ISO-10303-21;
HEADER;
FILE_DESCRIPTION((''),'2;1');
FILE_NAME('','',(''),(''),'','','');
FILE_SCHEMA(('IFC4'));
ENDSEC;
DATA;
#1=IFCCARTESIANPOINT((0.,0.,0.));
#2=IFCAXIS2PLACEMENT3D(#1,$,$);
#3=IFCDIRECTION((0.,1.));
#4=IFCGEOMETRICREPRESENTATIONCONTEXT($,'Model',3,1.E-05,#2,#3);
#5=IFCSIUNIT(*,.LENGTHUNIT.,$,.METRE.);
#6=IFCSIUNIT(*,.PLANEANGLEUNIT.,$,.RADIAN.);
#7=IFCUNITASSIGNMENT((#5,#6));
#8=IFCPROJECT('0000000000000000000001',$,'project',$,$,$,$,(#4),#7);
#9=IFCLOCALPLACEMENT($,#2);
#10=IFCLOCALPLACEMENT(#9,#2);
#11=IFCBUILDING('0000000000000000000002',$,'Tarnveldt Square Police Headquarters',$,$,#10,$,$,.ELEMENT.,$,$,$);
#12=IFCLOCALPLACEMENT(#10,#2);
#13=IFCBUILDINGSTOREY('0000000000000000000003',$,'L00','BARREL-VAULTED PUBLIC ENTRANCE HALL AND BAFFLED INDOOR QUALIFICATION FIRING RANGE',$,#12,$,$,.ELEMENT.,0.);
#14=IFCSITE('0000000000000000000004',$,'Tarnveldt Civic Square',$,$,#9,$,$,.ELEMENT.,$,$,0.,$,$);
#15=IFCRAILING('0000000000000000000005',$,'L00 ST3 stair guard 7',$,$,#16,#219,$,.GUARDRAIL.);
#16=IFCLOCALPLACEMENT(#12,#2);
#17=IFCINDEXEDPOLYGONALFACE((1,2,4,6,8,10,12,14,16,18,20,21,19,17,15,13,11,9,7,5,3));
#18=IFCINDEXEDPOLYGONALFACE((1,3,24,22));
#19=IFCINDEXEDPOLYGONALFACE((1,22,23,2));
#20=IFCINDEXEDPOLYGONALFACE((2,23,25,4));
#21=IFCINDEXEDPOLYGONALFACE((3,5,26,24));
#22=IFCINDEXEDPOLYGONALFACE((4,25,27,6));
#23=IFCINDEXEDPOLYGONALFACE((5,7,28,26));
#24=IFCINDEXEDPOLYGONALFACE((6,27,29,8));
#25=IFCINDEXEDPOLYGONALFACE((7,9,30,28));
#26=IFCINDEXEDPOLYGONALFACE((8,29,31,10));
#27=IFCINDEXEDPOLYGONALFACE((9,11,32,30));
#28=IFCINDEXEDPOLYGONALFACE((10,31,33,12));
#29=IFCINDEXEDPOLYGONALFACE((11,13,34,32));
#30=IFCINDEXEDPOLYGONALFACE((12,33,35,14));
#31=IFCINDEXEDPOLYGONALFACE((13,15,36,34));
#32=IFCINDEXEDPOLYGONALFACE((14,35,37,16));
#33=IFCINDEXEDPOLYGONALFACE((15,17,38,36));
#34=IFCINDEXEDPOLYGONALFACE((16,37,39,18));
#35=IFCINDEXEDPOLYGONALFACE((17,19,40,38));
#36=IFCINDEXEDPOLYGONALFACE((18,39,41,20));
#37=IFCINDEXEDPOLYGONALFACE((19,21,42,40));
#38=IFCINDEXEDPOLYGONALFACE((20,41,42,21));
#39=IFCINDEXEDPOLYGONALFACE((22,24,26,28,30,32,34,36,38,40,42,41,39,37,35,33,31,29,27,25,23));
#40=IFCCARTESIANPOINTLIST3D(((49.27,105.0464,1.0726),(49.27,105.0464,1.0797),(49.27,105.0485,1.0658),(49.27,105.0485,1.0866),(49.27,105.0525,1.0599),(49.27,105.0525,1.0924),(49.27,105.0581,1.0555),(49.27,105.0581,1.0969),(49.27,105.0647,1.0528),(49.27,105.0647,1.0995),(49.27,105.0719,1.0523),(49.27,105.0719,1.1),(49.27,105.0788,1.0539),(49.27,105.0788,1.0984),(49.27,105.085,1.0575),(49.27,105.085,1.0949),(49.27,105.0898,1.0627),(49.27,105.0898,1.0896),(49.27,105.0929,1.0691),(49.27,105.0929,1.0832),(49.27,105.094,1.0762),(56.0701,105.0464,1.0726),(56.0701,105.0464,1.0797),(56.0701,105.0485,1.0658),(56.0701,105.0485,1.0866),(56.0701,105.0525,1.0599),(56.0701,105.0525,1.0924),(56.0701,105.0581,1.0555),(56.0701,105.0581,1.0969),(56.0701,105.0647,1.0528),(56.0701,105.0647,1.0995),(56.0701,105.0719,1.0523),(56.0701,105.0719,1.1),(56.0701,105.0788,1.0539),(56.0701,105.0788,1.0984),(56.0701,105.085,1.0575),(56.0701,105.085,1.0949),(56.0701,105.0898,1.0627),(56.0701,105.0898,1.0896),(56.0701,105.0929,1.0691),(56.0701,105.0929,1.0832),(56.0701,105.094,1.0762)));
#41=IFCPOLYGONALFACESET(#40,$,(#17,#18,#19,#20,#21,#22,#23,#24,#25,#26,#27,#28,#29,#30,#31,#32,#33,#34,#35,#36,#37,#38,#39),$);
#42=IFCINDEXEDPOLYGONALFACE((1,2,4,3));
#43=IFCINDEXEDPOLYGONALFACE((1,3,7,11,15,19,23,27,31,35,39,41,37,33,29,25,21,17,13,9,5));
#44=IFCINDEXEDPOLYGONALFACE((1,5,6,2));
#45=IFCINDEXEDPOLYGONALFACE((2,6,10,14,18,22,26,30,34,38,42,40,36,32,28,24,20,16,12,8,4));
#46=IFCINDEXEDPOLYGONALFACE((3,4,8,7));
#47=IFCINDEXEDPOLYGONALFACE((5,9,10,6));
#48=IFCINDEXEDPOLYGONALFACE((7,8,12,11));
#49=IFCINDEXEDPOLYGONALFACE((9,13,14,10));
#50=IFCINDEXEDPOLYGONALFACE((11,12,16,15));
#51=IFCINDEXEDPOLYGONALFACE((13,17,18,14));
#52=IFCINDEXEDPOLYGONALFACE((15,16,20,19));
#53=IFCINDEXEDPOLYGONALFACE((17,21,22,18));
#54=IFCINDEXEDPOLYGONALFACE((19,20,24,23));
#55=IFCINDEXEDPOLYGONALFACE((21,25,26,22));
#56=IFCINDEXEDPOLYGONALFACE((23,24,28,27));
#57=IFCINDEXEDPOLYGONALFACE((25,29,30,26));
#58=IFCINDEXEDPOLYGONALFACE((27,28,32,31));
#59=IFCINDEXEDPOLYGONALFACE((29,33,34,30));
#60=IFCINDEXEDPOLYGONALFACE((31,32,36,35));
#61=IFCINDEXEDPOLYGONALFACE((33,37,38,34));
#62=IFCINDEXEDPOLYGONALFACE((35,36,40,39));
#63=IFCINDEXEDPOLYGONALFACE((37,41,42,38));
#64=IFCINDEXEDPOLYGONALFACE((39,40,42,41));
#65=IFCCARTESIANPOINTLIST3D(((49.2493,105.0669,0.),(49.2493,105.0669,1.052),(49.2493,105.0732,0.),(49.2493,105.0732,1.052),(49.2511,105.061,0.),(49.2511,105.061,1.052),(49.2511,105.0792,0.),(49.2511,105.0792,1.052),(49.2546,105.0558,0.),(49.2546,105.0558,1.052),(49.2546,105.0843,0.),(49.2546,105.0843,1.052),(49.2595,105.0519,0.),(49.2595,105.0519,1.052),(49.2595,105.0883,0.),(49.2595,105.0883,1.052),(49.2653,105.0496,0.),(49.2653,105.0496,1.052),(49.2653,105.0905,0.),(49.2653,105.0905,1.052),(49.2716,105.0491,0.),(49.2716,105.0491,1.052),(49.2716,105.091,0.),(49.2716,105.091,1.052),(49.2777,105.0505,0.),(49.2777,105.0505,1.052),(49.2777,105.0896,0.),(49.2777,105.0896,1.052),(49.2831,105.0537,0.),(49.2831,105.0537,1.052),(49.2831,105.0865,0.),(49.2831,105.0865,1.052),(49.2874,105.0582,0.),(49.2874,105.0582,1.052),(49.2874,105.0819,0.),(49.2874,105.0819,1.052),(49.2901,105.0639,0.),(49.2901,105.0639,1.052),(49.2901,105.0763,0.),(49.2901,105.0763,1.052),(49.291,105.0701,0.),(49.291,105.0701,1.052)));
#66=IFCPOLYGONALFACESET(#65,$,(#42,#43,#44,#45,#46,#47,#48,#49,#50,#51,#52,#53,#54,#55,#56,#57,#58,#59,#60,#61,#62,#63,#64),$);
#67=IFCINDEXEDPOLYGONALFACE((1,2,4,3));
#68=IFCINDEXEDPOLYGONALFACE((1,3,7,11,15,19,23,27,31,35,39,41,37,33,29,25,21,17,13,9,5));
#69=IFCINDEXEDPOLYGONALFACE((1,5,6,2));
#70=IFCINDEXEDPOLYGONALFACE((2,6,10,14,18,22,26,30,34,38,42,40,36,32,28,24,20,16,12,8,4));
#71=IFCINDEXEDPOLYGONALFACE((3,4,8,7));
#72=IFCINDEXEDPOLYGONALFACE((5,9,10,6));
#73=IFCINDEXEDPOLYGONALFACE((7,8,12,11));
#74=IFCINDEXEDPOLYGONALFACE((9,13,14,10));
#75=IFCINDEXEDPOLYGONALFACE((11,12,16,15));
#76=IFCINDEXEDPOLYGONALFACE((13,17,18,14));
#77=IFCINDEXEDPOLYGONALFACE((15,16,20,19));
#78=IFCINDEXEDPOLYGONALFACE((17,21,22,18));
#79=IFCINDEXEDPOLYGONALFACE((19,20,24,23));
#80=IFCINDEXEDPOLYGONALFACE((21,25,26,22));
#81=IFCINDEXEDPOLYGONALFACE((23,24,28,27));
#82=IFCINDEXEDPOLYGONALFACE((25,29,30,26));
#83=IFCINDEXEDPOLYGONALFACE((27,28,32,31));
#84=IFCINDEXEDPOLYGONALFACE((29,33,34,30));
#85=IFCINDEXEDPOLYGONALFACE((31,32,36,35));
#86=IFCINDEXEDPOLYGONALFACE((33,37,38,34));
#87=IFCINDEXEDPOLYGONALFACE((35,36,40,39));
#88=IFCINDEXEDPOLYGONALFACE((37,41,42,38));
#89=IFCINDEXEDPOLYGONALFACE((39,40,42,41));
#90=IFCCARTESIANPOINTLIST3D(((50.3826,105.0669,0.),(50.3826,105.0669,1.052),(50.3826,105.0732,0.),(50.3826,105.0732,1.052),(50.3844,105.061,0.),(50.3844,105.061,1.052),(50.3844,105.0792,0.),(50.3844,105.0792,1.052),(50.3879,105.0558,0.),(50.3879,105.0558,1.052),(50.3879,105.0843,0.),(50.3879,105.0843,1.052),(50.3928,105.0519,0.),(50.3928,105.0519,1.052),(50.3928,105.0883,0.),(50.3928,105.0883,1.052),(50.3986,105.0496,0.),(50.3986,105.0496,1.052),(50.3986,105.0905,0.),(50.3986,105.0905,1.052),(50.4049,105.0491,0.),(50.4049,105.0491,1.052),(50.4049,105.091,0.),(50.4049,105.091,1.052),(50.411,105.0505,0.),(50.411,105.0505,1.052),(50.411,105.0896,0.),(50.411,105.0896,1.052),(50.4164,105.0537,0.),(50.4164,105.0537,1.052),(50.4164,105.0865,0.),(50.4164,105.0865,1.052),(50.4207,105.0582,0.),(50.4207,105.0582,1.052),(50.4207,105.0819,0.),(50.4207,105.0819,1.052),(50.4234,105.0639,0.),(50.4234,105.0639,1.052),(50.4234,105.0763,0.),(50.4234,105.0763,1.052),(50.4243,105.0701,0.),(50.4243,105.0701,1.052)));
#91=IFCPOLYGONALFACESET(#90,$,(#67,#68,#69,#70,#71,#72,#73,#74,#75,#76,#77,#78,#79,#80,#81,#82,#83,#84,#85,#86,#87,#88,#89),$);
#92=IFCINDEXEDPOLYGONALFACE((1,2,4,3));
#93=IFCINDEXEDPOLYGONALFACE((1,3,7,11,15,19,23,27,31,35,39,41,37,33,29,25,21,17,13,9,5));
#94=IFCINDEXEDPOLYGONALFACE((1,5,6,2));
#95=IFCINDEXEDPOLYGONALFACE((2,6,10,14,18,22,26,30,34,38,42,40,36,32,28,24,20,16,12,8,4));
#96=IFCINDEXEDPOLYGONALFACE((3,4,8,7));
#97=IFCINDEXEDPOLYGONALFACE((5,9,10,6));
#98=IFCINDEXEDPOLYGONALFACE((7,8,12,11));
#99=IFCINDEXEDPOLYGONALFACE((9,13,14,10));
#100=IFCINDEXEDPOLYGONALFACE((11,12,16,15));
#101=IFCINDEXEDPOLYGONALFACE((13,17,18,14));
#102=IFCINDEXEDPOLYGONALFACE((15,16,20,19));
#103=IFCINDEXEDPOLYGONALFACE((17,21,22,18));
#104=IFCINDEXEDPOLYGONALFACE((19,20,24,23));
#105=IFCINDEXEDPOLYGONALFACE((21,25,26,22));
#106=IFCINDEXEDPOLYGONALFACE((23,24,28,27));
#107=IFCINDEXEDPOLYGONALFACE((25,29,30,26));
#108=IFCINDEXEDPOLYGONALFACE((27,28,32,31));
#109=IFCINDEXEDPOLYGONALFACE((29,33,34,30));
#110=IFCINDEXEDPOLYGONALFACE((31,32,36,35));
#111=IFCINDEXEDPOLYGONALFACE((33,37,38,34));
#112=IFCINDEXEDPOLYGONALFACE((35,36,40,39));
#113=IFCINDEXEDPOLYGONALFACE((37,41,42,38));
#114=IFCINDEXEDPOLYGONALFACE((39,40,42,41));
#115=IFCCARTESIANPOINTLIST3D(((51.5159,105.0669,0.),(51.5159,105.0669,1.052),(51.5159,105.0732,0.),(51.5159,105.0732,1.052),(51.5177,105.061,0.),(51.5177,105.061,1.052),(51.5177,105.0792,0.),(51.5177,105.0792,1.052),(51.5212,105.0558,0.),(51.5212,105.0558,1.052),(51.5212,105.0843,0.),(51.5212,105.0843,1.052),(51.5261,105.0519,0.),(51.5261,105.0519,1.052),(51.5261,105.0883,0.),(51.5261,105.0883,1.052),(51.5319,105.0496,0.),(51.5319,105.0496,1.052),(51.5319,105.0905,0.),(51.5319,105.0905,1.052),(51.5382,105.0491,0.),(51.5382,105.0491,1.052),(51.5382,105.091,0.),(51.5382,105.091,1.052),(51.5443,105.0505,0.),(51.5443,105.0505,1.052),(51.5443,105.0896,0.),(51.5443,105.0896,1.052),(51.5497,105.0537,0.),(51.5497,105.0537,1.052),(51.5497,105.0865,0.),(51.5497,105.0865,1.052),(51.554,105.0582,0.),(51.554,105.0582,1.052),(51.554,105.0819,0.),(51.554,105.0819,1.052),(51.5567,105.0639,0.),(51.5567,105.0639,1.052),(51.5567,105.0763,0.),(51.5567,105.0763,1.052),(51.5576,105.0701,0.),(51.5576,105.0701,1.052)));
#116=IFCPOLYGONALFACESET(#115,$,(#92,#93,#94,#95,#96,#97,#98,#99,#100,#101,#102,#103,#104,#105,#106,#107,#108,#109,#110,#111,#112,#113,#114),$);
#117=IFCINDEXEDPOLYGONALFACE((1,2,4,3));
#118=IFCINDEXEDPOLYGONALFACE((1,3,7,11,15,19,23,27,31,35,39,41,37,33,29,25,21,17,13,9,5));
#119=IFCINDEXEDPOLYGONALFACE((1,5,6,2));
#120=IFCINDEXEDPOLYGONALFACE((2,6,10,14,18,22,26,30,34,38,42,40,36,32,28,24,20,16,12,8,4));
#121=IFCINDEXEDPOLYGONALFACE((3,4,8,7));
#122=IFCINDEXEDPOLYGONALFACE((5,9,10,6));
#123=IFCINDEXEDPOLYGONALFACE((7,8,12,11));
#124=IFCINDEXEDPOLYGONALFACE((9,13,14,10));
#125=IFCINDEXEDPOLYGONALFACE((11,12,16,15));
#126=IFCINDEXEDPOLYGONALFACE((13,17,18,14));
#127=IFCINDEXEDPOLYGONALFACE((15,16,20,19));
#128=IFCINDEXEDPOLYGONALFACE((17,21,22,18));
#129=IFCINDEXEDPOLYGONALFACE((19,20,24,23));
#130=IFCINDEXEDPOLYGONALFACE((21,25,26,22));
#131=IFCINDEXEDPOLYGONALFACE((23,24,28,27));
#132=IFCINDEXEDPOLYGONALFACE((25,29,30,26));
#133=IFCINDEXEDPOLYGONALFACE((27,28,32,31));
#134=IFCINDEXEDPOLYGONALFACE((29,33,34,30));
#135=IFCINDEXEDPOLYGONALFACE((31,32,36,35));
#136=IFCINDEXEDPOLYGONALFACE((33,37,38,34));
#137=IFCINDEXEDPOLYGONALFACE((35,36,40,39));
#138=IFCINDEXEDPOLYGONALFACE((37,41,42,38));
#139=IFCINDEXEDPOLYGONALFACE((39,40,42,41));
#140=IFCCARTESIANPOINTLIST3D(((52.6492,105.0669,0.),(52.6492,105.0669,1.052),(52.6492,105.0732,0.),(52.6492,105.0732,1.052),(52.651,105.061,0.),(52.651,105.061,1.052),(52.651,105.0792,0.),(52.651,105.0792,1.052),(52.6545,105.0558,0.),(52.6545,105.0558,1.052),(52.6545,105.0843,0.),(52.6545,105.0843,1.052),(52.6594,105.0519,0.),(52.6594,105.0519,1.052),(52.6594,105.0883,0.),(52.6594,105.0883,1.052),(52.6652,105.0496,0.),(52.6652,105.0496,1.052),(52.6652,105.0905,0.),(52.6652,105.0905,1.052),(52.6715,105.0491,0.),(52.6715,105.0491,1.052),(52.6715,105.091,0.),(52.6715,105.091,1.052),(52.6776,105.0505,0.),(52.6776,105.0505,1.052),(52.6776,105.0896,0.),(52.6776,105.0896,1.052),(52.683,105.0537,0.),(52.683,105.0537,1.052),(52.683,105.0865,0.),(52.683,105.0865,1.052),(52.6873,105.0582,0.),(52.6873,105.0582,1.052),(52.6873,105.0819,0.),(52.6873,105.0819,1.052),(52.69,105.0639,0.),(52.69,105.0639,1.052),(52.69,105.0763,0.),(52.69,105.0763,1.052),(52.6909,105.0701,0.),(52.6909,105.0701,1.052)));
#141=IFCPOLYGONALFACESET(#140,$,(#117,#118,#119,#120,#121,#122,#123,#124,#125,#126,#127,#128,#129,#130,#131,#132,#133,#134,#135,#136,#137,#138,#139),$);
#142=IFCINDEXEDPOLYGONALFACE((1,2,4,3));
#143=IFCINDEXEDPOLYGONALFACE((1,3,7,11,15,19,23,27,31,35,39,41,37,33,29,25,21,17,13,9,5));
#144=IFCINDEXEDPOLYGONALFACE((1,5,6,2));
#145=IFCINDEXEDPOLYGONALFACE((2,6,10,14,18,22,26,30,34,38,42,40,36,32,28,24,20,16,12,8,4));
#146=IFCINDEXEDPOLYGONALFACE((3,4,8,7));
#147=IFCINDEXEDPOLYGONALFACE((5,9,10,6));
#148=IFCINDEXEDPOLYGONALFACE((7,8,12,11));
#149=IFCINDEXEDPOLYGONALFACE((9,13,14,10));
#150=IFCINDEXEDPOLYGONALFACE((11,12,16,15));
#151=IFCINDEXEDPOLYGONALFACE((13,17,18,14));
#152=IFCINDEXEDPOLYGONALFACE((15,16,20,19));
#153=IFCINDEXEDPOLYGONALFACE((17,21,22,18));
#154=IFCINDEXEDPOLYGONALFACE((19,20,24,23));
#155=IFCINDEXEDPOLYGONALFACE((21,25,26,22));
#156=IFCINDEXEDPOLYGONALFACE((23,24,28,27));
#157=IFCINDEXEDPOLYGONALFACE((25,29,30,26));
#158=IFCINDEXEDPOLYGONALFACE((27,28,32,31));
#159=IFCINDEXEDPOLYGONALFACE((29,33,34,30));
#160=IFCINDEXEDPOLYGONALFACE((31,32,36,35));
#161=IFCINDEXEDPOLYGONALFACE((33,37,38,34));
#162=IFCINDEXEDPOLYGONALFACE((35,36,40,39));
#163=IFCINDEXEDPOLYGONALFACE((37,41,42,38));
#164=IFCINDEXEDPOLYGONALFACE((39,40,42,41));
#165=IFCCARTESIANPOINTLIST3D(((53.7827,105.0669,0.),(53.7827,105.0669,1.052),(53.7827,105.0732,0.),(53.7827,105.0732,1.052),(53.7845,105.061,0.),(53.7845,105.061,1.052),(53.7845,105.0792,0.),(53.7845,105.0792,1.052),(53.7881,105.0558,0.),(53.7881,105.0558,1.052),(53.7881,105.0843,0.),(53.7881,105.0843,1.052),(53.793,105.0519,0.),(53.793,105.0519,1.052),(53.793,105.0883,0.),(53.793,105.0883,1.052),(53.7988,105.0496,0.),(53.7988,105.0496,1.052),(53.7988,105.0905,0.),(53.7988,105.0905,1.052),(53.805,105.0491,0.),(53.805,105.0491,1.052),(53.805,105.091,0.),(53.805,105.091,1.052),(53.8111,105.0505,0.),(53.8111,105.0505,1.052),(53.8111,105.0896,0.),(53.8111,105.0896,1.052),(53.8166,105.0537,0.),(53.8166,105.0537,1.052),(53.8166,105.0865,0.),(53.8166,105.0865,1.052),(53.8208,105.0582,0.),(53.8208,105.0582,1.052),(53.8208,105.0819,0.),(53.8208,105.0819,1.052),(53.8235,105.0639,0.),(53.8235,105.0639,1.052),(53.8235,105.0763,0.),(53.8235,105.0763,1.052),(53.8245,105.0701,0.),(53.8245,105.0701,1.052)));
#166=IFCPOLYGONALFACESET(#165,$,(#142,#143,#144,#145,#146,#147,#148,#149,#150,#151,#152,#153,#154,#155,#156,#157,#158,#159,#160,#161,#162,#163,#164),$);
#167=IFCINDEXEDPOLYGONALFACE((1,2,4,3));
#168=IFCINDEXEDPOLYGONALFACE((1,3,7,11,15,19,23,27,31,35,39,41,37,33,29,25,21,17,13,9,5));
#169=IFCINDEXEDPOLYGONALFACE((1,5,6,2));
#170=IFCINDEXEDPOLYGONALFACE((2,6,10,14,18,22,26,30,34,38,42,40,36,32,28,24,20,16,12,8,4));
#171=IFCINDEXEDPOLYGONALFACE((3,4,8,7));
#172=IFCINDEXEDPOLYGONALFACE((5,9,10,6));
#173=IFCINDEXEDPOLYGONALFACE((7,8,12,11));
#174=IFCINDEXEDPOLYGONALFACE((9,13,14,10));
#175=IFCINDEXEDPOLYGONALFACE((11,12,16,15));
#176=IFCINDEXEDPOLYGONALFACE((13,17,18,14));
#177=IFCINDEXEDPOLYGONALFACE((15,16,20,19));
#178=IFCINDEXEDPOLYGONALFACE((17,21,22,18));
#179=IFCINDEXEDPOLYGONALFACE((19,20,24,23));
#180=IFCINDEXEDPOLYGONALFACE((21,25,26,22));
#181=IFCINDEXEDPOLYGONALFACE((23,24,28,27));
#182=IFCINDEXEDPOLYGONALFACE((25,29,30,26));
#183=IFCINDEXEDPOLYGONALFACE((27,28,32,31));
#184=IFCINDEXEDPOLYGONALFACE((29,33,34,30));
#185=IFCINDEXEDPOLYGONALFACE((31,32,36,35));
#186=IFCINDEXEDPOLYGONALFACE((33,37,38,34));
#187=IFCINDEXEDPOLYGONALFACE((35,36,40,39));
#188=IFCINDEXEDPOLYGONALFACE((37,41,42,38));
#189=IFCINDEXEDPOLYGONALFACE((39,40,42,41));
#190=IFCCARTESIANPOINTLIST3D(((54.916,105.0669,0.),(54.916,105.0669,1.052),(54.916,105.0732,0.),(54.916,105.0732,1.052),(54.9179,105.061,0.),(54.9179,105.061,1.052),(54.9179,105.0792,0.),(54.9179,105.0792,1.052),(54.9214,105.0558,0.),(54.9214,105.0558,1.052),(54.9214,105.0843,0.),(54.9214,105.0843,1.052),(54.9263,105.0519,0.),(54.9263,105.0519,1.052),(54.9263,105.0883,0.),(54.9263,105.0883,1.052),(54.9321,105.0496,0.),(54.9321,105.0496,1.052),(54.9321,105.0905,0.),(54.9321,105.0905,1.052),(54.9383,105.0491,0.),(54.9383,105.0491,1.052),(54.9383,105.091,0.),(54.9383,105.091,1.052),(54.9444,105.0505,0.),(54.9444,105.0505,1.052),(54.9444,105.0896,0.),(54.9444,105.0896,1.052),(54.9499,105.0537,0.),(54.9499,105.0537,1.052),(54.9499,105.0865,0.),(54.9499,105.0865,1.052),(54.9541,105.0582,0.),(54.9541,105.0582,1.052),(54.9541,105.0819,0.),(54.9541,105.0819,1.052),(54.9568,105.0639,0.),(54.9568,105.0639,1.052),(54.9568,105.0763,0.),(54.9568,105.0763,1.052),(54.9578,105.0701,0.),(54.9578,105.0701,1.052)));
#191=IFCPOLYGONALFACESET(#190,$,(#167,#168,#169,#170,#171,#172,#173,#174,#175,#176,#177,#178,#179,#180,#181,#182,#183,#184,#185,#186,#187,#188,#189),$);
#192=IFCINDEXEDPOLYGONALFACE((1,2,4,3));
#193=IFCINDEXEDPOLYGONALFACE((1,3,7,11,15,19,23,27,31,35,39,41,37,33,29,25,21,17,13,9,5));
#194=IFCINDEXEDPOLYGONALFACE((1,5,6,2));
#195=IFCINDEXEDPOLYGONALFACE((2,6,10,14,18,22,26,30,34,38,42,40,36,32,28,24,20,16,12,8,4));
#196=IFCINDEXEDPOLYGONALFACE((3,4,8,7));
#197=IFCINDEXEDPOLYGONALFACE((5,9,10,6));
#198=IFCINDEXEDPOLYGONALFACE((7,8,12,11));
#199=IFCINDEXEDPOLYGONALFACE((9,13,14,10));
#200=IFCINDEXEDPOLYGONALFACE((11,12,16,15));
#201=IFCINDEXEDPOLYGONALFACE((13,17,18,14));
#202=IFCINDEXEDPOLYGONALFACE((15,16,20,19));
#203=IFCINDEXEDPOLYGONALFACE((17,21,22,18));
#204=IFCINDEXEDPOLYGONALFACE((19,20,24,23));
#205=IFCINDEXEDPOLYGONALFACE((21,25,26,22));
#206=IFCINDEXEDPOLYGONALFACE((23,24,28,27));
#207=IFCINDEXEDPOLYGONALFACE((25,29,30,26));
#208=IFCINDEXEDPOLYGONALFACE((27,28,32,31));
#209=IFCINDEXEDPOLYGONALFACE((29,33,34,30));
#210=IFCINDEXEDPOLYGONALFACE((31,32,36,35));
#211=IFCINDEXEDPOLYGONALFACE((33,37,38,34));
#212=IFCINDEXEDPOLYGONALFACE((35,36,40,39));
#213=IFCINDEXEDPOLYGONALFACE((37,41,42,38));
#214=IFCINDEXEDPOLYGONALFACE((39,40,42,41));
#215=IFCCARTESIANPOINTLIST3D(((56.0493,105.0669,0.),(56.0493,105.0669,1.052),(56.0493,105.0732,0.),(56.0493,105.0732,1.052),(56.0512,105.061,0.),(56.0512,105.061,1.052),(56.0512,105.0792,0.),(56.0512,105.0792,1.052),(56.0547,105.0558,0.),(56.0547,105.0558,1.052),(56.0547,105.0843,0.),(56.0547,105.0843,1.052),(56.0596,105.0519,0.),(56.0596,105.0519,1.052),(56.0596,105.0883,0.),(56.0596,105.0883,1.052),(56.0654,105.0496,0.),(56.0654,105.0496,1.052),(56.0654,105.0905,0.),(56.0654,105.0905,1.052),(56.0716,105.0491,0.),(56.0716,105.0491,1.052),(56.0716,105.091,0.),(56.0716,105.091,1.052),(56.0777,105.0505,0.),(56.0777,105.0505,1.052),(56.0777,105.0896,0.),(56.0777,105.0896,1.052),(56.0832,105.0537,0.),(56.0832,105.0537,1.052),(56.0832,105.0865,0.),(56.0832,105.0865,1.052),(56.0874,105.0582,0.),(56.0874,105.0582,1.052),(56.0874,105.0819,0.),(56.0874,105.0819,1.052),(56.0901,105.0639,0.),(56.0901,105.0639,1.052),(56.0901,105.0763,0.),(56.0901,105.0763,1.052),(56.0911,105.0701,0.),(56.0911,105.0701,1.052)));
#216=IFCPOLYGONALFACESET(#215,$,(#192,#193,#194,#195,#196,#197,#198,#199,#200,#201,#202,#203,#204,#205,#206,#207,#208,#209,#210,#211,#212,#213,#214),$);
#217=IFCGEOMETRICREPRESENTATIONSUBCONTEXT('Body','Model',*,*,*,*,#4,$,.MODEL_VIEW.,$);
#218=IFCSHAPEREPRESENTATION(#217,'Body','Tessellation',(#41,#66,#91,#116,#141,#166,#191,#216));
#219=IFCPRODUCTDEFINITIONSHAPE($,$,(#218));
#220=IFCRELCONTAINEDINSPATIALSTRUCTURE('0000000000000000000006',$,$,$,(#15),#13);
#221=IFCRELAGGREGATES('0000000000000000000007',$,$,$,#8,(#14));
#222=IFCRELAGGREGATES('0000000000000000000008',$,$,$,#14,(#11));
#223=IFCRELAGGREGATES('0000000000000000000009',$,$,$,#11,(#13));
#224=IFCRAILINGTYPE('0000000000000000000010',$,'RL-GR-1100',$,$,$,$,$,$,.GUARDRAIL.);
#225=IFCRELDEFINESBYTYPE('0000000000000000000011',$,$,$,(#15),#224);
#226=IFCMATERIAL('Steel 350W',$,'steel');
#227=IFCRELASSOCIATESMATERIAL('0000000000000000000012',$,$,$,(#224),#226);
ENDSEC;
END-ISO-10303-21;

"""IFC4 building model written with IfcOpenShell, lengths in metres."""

from ifc_helpers import new_model, si_unit, direction, frame, origin, origin_2d, place, context, subcontext, project, spatial, circle, extrude, material, type_object, element, save


model = new_model("IFC4")

# Units and contexts
model_context = context("Model", 3, precision=1e-05, world=origin(), true_north=direction((0.0, 1.0)))
body_context = subcontext(model_context, "Body", "Model", "MODEL_VIEW")
ifc_project = project(units=[si_unit("LENGTHUNIT", "METRE"), si_unit("PLANEANGLEUNIT", "RADIAN")], contexts=[model_context])

# Site, building, storey
site_placement = place(None, origin())
site = spatial("IfcSite", under=ifc_project, at=site_placement, Name="Tarnveldt Civic Square", CompositionType="ELEMENT", RefElevation=0.0)
building_placement = place(site_placement, origin())
building = spatial("IfcBuilding", under=site, at=building_placement, Name="Tarnveldt Square Police Headquarters", CompositionType="ELEMENT")
storey_placement = place(building_placement, origin())
storey = spatial("IfcBuildingStorey", under=building, at=storey_placement, Name="L00", Description="BARREL-VAULTED PUBLIC ENTRANCE HALL AND BAFFLED INDOOR QUALIFICATION FIRING RANGE", CompositionType="ELEMENT", Elevation=0.0)

# Railing
ifc_material_1 = material(Name="Steel 350W", Category="steel")
railing_type_1 = type_object("IfcRailingType", Name="RL-GR-1100", PredefinedType="GUARDRAIL", material=ifc_material_1)
railing_1_placement = place(storey_placement, frame((49.27, 105.0701, 0.0)))
element("IfcRailing", 1, at=railing_1_placement, inside=storey, type_object=railing_type_1, Name="L00 ST3 stair guard 7", PredefinedType="GUARDRAIL", context=body_context, shape_type="SweptSolid", body=[
    extrude(circle(Radius=0.0239, at=origin_2d()), frame((0.0, 0.0, 1.0762), z_axis=(1.0, 0.0, 0.0), x_axis=(0.0, 1.0, 0.0)), (0.0, 0.0, 1.0), 6.8),
    extrude(circle(Radius=0.021, at=origin_2d()), origin(), (0.0, 0.0, 1.0), 1.052),
    extrude(circle(Radius=0.021, at=origin_2d()), frame((1.1333, 0.0, 0.0)), (0.0, 0.0, 1.0), 1.052),
    extrude(circle(Radius=0.021, at=origin_2d()), frame((2.2666, 0.0, 0.0)), (0.0, 0.0, 1.0), 1.052),
    extrude(circle(Radius=0.021, at=origin_2d()), frame((3.3999, 0.0, 0.0)), (0.0, 0.0, 1.0), 1.052),
    extrude(circle(Radius=0.021, at=origin_2d()), frame((4.5334, 0.0, 0.0)), (0.0, 0.0, 1.0), 1.052),
    extrude(circle(Radius=0.021, at=origin_2d()), frame((5.6667, 0.0, 0.0)), (0.0, 0.0, 1.0), 1.052),
    extrude(circle(Radius=0.021, at=origin_2d()), frame((6.8, 0.0, 0.0)), (0.0, 0.0, 1.0), 1.052),
])

save(model, "model.ifc")
